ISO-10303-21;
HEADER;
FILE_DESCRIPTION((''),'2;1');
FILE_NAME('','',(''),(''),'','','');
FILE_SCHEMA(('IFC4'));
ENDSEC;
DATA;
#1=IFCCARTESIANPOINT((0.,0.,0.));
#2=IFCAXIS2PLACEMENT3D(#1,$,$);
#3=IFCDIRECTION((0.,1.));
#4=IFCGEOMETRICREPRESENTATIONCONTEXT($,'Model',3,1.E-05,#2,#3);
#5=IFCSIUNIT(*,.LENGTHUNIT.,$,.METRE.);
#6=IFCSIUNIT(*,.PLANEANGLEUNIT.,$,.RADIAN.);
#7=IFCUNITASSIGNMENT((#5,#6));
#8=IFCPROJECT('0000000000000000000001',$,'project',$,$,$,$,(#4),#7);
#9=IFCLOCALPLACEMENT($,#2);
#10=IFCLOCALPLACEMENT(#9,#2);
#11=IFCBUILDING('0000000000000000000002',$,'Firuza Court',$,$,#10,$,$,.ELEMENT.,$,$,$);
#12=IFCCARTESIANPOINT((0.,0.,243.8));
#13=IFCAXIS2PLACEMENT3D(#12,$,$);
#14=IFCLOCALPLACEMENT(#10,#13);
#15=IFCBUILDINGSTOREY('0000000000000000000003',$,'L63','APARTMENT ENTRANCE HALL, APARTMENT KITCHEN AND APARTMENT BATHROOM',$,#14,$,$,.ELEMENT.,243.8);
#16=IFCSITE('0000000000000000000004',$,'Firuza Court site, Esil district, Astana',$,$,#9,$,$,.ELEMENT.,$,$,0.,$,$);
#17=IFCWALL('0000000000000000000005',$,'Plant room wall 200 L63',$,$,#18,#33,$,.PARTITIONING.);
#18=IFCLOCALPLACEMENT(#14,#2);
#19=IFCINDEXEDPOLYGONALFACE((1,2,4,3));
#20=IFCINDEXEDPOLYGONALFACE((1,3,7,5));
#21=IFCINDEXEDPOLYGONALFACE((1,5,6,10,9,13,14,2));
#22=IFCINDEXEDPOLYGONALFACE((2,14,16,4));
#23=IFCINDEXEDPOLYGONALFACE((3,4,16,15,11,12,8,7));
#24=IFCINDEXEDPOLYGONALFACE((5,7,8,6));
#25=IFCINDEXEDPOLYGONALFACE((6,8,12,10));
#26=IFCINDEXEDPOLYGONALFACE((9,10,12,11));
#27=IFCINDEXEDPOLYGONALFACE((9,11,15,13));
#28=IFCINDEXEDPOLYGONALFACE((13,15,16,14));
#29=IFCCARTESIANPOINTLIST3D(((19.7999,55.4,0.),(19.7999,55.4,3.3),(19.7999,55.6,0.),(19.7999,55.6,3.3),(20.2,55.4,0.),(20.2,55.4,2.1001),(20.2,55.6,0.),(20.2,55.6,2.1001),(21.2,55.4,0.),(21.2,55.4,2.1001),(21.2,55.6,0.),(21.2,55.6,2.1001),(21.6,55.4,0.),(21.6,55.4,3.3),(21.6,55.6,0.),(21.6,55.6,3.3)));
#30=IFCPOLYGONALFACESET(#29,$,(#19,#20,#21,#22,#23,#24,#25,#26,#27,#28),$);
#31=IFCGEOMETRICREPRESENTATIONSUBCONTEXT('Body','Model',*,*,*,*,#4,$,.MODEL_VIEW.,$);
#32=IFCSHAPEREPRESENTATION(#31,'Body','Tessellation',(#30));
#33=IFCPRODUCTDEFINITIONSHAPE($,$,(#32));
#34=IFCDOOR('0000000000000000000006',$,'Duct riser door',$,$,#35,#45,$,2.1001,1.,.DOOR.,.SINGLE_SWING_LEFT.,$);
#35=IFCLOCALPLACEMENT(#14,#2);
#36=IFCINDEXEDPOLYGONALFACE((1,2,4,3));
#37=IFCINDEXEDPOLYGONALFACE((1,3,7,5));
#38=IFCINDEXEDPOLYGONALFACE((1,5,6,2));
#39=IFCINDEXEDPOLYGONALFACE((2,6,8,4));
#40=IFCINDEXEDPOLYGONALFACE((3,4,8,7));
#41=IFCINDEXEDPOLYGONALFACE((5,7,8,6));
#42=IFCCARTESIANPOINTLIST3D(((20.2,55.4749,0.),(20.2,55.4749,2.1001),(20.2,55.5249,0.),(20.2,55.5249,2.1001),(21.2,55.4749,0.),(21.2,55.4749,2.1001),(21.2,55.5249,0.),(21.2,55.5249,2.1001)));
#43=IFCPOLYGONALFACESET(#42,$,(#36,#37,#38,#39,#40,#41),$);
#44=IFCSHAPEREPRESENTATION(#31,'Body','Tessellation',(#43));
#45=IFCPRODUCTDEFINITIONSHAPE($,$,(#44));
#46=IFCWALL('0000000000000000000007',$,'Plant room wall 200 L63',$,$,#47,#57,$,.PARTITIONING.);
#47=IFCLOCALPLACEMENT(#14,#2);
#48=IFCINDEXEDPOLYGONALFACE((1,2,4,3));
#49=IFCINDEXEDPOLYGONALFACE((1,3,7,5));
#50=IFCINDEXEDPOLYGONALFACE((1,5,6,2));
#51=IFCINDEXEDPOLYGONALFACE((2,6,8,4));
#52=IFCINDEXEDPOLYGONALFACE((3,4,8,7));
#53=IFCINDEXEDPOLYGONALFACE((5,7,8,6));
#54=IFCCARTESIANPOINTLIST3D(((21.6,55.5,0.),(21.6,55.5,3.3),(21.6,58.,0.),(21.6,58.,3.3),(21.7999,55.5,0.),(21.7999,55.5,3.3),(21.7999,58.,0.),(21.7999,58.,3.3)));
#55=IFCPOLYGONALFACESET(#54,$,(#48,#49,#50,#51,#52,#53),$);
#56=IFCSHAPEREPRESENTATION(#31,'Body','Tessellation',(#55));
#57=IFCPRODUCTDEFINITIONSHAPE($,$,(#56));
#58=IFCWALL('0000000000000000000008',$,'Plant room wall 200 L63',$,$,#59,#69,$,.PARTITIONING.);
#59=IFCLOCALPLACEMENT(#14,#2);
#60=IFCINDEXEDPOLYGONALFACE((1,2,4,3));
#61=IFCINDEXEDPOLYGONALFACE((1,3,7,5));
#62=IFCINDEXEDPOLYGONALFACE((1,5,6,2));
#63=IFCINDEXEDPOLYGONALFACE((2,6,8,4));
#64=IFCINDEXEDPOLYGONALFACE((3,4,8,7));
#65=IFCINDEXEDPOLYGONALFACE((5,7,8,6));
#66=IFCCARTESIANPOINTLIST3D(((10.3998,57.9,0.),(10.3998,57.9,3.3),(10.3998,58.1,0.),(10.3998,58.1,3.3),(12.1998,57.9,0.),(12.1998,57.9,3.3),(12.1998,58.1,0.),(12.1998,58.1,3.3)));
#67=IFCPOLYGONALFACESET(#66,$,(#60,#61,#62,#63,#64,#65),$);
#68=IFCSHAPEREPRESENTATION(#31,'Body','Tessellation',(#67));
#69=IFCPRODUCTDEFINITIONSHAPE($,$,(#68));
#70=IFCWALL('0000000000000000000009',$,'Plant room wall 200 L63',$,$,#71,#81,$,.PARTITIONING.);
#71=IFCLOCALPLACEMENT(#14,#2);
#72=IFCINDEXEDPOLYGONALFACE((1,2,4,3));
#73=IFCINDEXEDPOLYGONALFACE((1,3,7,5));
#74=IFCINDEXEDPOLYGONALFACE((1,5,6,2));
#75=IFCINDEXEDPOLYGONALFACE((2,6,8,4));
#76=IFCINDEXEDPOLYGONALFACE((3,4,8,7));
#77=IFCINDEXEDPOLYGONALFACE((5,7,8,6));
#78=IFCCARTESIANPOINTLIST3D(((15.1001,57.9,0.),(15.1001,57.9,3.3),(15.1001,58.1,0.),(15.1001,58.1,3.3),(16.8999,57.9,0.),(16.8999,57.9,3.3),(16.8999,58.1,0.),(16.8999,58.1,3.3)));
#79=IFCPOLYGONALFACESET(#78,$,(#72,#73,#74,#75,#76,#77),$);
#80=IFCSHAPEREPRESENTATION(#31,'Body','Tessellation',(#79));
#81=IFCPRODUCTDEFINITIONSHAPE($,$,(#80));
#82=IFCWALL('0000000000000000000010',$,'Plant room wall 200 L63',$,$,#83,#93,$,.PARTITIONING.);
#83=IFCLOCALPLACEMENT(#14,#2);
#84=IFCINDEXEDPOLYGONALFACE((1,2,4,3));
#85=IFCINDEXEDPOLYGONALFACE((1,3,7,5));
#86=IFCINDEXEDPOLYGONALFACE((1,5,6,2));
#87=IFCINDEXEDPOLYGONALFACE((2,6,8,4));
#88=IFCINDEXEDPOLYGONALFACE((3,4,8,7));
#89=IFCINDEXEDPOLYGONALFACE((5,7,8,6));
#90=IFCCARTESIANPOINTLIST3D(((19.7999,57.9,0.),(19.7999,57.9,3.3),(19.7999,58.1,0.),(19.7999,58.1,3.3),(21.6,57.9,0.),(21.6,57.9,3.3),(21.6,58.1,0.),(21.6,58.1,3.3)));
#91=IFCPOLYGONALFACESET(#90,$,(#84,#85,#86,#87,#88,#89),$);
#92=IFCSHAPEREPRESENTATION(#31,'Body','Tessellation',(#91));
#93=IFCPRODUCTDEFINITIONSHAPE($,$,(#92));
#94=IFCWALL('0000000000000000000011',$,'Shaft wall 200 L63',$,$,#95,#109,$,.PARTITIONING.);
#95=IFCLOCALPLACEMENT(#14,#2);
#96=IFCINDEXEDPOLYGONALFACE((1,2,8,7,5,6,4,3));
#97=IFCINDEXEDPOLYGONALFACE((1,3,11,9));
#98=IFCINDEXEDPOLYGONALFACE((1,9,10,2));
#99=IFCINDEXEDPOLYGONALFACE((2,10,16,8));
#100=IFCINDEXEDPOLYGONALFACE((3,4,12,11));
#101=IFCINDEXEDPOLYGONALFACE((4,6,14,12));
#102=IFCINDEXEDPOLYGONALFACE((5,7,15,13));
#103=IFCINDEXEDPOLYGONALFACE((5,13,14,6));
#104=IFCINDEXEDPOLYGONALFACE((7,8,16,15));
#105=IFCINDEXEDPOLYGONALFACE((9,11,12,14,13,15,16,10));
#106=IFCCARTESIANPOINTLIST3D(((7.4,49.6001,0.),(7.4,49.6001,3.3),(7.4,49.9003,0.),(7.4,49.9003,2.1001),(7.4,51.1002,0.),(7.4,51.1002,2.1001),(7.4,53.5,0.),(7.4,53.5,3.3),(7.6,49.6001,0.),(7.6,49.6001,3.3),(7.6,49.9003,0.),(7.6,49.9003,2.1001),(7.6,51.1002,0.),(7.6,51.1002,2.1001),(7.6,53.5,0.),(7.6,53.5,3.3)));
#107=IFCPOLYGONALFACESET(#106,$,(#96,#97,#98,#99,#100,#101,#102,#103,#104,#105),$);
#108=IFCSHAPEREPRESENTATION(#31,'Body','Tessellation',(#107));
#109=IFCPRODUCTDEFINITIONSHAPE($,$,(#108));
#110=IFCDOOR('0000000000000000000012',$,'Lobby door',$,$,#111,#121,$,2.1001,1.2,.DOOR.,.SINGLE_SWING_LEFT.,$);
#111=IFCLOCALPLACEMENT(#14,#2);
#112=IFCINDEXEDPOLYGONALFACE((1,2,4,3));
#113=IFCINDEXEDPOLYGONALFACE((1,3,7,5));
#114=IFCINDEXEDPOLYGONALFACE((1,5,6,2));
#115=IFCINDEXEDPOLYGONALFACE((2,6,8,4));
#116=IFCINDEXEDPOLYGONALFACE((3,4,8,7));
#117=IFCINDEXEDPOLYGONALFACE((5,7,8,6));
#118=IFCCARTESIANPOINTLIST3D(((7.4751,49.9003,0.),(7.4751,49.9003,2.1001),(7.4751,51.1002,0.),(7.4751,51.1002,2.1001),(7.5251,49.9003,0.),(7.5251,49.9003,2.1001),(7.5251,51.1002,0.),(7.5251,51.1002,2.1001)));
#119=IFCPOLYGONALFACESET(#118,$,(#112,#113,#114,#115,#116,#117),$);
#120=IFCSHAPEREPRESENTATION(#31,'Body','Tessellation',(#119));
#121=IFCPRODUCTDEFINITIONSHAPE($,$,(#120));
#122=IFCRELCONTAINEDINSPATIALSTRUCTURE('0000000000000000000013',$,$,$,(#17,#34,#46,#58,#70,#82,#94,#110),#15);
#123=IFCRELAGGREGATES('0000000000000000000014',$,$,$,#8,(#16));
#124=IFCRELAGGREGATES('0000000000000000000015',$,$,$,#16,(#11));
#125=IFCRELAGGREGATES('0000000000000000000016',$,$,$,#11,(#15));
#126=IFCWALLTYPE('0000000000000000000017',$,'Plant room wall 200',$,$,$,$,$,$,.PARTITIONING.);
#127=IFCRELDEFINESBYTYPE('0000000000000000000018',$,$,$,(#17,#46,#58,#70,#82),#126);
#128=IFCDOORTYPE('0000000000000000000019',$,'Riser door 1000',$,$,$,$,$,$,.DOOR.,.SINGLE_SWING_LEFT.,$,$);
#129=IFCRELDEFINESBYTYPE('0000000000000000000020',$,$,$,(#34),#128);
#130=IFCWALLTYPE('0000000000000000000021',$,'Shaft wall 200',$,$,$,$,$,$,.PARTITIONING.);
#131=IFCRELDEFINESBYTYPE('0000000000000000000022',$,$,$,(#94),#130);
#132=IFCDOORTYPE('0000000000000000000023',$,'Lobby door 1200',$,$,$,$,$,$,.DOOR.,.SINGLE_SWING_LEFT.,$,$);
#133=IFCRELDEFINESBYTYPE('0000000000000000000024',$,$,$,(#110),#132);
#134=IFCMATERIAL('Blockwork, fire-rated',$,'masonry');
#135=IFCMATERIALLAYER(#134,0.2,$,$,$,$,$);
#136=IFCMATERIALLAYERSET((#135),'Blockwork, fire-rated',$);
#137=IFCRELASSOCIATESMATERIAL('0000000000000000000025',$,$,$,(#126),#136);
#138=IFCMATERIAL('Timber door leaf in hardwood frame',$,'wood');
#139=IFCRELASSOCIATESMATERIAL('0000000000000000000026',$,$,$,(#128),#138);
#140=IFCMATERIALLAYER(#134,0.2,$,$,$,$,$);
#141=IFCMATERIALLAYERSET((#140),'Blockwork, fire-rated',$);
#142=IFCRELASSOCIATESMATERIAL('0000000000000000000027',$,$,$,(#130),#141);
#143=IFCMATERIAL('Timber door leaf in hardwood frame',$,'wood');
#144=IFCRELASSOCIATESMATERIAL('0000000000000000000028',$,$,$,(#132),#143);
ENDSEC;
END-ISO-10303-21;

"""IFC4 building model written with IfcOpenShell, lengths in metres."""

from ifc_helpers import new_model, si_unit, direction, frame, frame_2d, origin, place, context, subcontext, project, spatial, rectangle, extrude, material, layer, layer_set, type_object, element, fill, save


model = new_model("IFC4")

# Units and contexts
model_context = context("Model", 3, precision=1e-05, world=origin(), true_north=direction((0.0, 1.0)))
body_context = subcontext(model_context, "Body", "Model", "MODEL_VIEW")
ifc_project = project(units=[si_unit("LENGTHUNIT", "METRE"), si_unit("PLANEANGLEUNIT", "RADIAN")], contexts=[model_context])

# Site, building, storey
site_placement = place(None, origin())
site = spatial("IfcSite", under=ifc_project, at=site_placement, Name="Firuza Court site, Esil district, Astana", CompositionType="ELEMENT", RefElevation=0.0)
building_placement = place(site_placement, origin())
building = spatial("IfcBuilding", under=site, at=building_placement, Name="Firuza Court", CompositionType="ELEMENT")
storey_placement = place(building_placement, frame((0.0, 0.0, 243.8)))
storey = spatial("IfcBuildingStorey", under=building, at=storey_placement, Name="L63", Description="APARTMENT ENTRANCE HALL, APARTMENT KITCHEN AND APARTMENT BATHROOM", CompositionType="ELEMENT", Elevation=243.8)

# Shared definitions
ifc_material_1 = material(Name="Blockwork, fire-rated", Category="masonry")
ifc_layer_1 = layer(ifc_material_1, 0.2)
ifc_layer_set_1 = layer_set([ifc_layer_1], Name="Blockwork, fire-rated")
wall_type_1 = type_object("IfcWallType", Name="Plant room wall 200", PredefinedType="PARTITIONING", material=ifc_layer_set_1)

# Shared definitions
ifc_material_2 = material(Name="Timber door leaf in hardwood frame", Category="wood")
door_type_1 = type_object("IfcDoorType", Name="Riser door 1000", OperationType="SINGLE_SWING_LEFT", PredefinedType="DOOR", material=ifc_material_2)

# Wall, opening, door
wall_1_placement = place(storey_placement, frame((19.8, 55.5, 0.0), z_axis=(0.0, 0.0, 1.0), x_axis=(1.0, 0.0, 0.0)))
wall_1 = element("IfcWall", 1, at=wall_1_placement, inside=storey, type_object=wall_type_1, Name="Plant room wall 200 L63", PredefinedType="PARTITIONING", context=body_context, shape_type="SweptSolid", body=[
    extrude(rectangle(XDim=1.8, YDim=0.2, at=frame_2d((0.8999, 0.0))), origin(), (0.0, 0.0, 1.0), 3.3),
])
opening_1_placement = place(wall_1_placement, frame((0.3999, 0.0, 0.0)))
opening_1 = element("IfcOpeningElement", 2, at=opening_1_placement, cuts=wall_1, PredefinedType="OPENING", context=body_context, shape_type="SweptSolid", body=[
    extrude(rectangle(XDim=1.0, YDim=2.1001, at=frame_2d((0.5, 1.05))), frame((0.0, 0.1118, 0.0), z_axis=(0.0, -1.0, 0.0), x_axis=(1.0, 0.0, 0.0)), (0.0, 0.0, 1.0), 0.2239),
])
door_1_placement = place(opening_1_placement, origin())
door_1 = element("IfcDoor", 3, at=door_1_placement, inside=storey, type_object=door_type_1, Name="Duct riser door", OperationType="SINGLE_SWING_LEFT", OverallHeight=2.1001, OverallWidth=1.0, PredefinedType="DOOR", context=body_context, shape_type="SweptSolid", body=[
    extrude(rectangle(XDim=1.0, YDim=2.1001, at=frame_2d((0.5, 1.05))), frame((0.0, 0.0249, 0.0), z_axis=(0.0, -1.0, 0.0), x_axis=(1.0, 0.0, 0.0)), (0.0, 0.0, 1.0), 0.05),
])
fill(opening_1, door_1)

# Walls
wall_2_placement = place(storey_placement, frame((21.7, 55.5, 0.0), z_axis=(0.0, 0.0, 1.0), x_axis=(0.0, 1.0, 0.0)))
element("IfcWall", 4, at=wall_2_placement, inside=storey, type_object=wall_type_1, Name="Plant room wall 200 L63", PredefinedType="PARTITIONING", context=body_context, shape_type="SweptSolid", body=[
    extrude(rectangle(XDim=2.5, YDim=0.2, at=frame_2d((1.25, 0.0))), origin(), (0.0, 0.0, 1.0), 3.3),
])
wall_3_placement = place(storey_placement, frame((10.3999, 58.0, 0.0), z_axis=(0.0, 0.0, 1.0), x_axis=(1.0, 0.0, 0.0)))
element("IfcWall", 5, at=wall_3_placement, inside=storey, type_object=wall_type_1, Name="Plant room wall 200 L63", PredefinedType="PARTITIONING", context=body_context, shape_type="SweptSolid", body=[
    extrude(rectangle(XDim=1.8, YDim=0.2, at=frame_2d((0.8999, 0.0))), origin(), (0.0, 0.0, 1.0), 3.3),
])
wall_4_placement = place(storey_placement, frame((15.1001, 58.0, 0.0), z_axis=(0.0, 0.0, 1.0), x_axis=(1.0, 0.0, 0.0)))
element("IfcWall", 6, at=wall_4_placement, inside=storey, type_object=wall_type_1, Name="Plant room wall 200 L63", PredefinedType="PARTITIONING", context=body_context, shape_type="SweptSolid", body=[
    extrude(rectangle(XDim=1.7998, YDim=0.2, at=frame_2d((0.8999, 0.0))), origin(), (0.0, 0.0, 1.0), 3.3),
])
wall_5_placement = place(storey_placement, frame((19.8, 58.0, 0.0), z_axis=(0.0, 0.0, 1.0), x_axis=(1.0, 0.0, 0.0)))
element("IfcWall", 7, at=wall_5_placement, inside=storey, type_object=wall_type_1, Name="Plant room wall 200 L63", PredefinedType="PARTITIONING", context=body_context, shape_type="SweptSolid", body=[
    extrude(rectangle(XDim=1.8, YDim=0.2, at=frame_2d((0.8999, 0.0))), origin(), (0.0, 0.0, 1.0), 3.3),
])

# Wall, opening, door
ifc_layer_2 = layer(ifc_material_1, 0.2)
ifc_layer_set_2 = layer_set([ifc_layer_2], Name="Blockwork, fire-rated")
wall_type_2 = type_object("IfcWallType", Name="Shaft wall 200", PredefinedType="PARTITIONING", material=ifc_layer_set_2)
wall_6_placement = place(storey_placement, frame((7.5, 49.6001, 0.0), z_axis=(0.0, 0.0, 1.0), x_axis=(0.0, 1.0, 0.0)))
wall_6 = element("IfcWall", 8, at=wall_6_placement, inside=storey, type_object=wall_type_2, Name="Shaft wall 200 L63", PredefinedType="PARTITIONING", context=body_context, shape_type="SweptSolid", body=[
    extrude(rectangle(XDim=3.8999, YDim=0.2, at=frame_2d((1.95, 0.0))), origin(), (0.0, 0.0, 1.0), 3.3),
])
opening_2_placement = place(wall_6_placement, frame((0.3, 0.0, 0.0)))
opening_2 = element("IfcOpeningElement", 9, at=opening_2_placement, cuts=wall_6, PredefinedType="OPENING", context=body_context, shape_type="SweptSolid", body=[
    extrude(rectangle(XDim=1.2, YDim=2.1001, at=frame_2d((0.6001, 1.05))), frame((0.0, 0.1118, 0.0), z_axis=(0.0, -1.0, 0.0), x_axis=(1.0, 0.0, 0.0)), (0.0, 0.0, 1.0), 0.2239),
])
ifc_material_3 = material(Name="Timber door leaf in hardwood frame", Category="wood")
door_type_2 = type_object("IfcDoorType", Name="Lobby door 1200", OperationType="SINGLE_SWING_LEFT", PredefinedType="DOOR", material=ifc_material_3)
door_2_placement = place(opening_2_placement, origin())
door_2 = element("IfcDoor", 10, at=door_2_placement, inside=storey, type_object=door_type_2, Name="Lobby door", OperationType="SINGLE_SWING_LEFT", OverallHeight=2.1001, OverallWidth=1.2, PredefinedType="DOOR", context=body_context, shape_type="SweptSolid", body=[
    extrude(rectangle(XDim=1.2, YDim=2.1001, at=frame_2d((0.6001, 1.05))), frame((0.0, 0.0249, 0.0), z_axis=(0.0, -1.0, 0.0), x_axis=(1.0, 0.0, 0.0)), (0.0, 0.0, 1.0), 0.05),
])
fill(opening_2, door_2)

save(model, "model.ifc")
